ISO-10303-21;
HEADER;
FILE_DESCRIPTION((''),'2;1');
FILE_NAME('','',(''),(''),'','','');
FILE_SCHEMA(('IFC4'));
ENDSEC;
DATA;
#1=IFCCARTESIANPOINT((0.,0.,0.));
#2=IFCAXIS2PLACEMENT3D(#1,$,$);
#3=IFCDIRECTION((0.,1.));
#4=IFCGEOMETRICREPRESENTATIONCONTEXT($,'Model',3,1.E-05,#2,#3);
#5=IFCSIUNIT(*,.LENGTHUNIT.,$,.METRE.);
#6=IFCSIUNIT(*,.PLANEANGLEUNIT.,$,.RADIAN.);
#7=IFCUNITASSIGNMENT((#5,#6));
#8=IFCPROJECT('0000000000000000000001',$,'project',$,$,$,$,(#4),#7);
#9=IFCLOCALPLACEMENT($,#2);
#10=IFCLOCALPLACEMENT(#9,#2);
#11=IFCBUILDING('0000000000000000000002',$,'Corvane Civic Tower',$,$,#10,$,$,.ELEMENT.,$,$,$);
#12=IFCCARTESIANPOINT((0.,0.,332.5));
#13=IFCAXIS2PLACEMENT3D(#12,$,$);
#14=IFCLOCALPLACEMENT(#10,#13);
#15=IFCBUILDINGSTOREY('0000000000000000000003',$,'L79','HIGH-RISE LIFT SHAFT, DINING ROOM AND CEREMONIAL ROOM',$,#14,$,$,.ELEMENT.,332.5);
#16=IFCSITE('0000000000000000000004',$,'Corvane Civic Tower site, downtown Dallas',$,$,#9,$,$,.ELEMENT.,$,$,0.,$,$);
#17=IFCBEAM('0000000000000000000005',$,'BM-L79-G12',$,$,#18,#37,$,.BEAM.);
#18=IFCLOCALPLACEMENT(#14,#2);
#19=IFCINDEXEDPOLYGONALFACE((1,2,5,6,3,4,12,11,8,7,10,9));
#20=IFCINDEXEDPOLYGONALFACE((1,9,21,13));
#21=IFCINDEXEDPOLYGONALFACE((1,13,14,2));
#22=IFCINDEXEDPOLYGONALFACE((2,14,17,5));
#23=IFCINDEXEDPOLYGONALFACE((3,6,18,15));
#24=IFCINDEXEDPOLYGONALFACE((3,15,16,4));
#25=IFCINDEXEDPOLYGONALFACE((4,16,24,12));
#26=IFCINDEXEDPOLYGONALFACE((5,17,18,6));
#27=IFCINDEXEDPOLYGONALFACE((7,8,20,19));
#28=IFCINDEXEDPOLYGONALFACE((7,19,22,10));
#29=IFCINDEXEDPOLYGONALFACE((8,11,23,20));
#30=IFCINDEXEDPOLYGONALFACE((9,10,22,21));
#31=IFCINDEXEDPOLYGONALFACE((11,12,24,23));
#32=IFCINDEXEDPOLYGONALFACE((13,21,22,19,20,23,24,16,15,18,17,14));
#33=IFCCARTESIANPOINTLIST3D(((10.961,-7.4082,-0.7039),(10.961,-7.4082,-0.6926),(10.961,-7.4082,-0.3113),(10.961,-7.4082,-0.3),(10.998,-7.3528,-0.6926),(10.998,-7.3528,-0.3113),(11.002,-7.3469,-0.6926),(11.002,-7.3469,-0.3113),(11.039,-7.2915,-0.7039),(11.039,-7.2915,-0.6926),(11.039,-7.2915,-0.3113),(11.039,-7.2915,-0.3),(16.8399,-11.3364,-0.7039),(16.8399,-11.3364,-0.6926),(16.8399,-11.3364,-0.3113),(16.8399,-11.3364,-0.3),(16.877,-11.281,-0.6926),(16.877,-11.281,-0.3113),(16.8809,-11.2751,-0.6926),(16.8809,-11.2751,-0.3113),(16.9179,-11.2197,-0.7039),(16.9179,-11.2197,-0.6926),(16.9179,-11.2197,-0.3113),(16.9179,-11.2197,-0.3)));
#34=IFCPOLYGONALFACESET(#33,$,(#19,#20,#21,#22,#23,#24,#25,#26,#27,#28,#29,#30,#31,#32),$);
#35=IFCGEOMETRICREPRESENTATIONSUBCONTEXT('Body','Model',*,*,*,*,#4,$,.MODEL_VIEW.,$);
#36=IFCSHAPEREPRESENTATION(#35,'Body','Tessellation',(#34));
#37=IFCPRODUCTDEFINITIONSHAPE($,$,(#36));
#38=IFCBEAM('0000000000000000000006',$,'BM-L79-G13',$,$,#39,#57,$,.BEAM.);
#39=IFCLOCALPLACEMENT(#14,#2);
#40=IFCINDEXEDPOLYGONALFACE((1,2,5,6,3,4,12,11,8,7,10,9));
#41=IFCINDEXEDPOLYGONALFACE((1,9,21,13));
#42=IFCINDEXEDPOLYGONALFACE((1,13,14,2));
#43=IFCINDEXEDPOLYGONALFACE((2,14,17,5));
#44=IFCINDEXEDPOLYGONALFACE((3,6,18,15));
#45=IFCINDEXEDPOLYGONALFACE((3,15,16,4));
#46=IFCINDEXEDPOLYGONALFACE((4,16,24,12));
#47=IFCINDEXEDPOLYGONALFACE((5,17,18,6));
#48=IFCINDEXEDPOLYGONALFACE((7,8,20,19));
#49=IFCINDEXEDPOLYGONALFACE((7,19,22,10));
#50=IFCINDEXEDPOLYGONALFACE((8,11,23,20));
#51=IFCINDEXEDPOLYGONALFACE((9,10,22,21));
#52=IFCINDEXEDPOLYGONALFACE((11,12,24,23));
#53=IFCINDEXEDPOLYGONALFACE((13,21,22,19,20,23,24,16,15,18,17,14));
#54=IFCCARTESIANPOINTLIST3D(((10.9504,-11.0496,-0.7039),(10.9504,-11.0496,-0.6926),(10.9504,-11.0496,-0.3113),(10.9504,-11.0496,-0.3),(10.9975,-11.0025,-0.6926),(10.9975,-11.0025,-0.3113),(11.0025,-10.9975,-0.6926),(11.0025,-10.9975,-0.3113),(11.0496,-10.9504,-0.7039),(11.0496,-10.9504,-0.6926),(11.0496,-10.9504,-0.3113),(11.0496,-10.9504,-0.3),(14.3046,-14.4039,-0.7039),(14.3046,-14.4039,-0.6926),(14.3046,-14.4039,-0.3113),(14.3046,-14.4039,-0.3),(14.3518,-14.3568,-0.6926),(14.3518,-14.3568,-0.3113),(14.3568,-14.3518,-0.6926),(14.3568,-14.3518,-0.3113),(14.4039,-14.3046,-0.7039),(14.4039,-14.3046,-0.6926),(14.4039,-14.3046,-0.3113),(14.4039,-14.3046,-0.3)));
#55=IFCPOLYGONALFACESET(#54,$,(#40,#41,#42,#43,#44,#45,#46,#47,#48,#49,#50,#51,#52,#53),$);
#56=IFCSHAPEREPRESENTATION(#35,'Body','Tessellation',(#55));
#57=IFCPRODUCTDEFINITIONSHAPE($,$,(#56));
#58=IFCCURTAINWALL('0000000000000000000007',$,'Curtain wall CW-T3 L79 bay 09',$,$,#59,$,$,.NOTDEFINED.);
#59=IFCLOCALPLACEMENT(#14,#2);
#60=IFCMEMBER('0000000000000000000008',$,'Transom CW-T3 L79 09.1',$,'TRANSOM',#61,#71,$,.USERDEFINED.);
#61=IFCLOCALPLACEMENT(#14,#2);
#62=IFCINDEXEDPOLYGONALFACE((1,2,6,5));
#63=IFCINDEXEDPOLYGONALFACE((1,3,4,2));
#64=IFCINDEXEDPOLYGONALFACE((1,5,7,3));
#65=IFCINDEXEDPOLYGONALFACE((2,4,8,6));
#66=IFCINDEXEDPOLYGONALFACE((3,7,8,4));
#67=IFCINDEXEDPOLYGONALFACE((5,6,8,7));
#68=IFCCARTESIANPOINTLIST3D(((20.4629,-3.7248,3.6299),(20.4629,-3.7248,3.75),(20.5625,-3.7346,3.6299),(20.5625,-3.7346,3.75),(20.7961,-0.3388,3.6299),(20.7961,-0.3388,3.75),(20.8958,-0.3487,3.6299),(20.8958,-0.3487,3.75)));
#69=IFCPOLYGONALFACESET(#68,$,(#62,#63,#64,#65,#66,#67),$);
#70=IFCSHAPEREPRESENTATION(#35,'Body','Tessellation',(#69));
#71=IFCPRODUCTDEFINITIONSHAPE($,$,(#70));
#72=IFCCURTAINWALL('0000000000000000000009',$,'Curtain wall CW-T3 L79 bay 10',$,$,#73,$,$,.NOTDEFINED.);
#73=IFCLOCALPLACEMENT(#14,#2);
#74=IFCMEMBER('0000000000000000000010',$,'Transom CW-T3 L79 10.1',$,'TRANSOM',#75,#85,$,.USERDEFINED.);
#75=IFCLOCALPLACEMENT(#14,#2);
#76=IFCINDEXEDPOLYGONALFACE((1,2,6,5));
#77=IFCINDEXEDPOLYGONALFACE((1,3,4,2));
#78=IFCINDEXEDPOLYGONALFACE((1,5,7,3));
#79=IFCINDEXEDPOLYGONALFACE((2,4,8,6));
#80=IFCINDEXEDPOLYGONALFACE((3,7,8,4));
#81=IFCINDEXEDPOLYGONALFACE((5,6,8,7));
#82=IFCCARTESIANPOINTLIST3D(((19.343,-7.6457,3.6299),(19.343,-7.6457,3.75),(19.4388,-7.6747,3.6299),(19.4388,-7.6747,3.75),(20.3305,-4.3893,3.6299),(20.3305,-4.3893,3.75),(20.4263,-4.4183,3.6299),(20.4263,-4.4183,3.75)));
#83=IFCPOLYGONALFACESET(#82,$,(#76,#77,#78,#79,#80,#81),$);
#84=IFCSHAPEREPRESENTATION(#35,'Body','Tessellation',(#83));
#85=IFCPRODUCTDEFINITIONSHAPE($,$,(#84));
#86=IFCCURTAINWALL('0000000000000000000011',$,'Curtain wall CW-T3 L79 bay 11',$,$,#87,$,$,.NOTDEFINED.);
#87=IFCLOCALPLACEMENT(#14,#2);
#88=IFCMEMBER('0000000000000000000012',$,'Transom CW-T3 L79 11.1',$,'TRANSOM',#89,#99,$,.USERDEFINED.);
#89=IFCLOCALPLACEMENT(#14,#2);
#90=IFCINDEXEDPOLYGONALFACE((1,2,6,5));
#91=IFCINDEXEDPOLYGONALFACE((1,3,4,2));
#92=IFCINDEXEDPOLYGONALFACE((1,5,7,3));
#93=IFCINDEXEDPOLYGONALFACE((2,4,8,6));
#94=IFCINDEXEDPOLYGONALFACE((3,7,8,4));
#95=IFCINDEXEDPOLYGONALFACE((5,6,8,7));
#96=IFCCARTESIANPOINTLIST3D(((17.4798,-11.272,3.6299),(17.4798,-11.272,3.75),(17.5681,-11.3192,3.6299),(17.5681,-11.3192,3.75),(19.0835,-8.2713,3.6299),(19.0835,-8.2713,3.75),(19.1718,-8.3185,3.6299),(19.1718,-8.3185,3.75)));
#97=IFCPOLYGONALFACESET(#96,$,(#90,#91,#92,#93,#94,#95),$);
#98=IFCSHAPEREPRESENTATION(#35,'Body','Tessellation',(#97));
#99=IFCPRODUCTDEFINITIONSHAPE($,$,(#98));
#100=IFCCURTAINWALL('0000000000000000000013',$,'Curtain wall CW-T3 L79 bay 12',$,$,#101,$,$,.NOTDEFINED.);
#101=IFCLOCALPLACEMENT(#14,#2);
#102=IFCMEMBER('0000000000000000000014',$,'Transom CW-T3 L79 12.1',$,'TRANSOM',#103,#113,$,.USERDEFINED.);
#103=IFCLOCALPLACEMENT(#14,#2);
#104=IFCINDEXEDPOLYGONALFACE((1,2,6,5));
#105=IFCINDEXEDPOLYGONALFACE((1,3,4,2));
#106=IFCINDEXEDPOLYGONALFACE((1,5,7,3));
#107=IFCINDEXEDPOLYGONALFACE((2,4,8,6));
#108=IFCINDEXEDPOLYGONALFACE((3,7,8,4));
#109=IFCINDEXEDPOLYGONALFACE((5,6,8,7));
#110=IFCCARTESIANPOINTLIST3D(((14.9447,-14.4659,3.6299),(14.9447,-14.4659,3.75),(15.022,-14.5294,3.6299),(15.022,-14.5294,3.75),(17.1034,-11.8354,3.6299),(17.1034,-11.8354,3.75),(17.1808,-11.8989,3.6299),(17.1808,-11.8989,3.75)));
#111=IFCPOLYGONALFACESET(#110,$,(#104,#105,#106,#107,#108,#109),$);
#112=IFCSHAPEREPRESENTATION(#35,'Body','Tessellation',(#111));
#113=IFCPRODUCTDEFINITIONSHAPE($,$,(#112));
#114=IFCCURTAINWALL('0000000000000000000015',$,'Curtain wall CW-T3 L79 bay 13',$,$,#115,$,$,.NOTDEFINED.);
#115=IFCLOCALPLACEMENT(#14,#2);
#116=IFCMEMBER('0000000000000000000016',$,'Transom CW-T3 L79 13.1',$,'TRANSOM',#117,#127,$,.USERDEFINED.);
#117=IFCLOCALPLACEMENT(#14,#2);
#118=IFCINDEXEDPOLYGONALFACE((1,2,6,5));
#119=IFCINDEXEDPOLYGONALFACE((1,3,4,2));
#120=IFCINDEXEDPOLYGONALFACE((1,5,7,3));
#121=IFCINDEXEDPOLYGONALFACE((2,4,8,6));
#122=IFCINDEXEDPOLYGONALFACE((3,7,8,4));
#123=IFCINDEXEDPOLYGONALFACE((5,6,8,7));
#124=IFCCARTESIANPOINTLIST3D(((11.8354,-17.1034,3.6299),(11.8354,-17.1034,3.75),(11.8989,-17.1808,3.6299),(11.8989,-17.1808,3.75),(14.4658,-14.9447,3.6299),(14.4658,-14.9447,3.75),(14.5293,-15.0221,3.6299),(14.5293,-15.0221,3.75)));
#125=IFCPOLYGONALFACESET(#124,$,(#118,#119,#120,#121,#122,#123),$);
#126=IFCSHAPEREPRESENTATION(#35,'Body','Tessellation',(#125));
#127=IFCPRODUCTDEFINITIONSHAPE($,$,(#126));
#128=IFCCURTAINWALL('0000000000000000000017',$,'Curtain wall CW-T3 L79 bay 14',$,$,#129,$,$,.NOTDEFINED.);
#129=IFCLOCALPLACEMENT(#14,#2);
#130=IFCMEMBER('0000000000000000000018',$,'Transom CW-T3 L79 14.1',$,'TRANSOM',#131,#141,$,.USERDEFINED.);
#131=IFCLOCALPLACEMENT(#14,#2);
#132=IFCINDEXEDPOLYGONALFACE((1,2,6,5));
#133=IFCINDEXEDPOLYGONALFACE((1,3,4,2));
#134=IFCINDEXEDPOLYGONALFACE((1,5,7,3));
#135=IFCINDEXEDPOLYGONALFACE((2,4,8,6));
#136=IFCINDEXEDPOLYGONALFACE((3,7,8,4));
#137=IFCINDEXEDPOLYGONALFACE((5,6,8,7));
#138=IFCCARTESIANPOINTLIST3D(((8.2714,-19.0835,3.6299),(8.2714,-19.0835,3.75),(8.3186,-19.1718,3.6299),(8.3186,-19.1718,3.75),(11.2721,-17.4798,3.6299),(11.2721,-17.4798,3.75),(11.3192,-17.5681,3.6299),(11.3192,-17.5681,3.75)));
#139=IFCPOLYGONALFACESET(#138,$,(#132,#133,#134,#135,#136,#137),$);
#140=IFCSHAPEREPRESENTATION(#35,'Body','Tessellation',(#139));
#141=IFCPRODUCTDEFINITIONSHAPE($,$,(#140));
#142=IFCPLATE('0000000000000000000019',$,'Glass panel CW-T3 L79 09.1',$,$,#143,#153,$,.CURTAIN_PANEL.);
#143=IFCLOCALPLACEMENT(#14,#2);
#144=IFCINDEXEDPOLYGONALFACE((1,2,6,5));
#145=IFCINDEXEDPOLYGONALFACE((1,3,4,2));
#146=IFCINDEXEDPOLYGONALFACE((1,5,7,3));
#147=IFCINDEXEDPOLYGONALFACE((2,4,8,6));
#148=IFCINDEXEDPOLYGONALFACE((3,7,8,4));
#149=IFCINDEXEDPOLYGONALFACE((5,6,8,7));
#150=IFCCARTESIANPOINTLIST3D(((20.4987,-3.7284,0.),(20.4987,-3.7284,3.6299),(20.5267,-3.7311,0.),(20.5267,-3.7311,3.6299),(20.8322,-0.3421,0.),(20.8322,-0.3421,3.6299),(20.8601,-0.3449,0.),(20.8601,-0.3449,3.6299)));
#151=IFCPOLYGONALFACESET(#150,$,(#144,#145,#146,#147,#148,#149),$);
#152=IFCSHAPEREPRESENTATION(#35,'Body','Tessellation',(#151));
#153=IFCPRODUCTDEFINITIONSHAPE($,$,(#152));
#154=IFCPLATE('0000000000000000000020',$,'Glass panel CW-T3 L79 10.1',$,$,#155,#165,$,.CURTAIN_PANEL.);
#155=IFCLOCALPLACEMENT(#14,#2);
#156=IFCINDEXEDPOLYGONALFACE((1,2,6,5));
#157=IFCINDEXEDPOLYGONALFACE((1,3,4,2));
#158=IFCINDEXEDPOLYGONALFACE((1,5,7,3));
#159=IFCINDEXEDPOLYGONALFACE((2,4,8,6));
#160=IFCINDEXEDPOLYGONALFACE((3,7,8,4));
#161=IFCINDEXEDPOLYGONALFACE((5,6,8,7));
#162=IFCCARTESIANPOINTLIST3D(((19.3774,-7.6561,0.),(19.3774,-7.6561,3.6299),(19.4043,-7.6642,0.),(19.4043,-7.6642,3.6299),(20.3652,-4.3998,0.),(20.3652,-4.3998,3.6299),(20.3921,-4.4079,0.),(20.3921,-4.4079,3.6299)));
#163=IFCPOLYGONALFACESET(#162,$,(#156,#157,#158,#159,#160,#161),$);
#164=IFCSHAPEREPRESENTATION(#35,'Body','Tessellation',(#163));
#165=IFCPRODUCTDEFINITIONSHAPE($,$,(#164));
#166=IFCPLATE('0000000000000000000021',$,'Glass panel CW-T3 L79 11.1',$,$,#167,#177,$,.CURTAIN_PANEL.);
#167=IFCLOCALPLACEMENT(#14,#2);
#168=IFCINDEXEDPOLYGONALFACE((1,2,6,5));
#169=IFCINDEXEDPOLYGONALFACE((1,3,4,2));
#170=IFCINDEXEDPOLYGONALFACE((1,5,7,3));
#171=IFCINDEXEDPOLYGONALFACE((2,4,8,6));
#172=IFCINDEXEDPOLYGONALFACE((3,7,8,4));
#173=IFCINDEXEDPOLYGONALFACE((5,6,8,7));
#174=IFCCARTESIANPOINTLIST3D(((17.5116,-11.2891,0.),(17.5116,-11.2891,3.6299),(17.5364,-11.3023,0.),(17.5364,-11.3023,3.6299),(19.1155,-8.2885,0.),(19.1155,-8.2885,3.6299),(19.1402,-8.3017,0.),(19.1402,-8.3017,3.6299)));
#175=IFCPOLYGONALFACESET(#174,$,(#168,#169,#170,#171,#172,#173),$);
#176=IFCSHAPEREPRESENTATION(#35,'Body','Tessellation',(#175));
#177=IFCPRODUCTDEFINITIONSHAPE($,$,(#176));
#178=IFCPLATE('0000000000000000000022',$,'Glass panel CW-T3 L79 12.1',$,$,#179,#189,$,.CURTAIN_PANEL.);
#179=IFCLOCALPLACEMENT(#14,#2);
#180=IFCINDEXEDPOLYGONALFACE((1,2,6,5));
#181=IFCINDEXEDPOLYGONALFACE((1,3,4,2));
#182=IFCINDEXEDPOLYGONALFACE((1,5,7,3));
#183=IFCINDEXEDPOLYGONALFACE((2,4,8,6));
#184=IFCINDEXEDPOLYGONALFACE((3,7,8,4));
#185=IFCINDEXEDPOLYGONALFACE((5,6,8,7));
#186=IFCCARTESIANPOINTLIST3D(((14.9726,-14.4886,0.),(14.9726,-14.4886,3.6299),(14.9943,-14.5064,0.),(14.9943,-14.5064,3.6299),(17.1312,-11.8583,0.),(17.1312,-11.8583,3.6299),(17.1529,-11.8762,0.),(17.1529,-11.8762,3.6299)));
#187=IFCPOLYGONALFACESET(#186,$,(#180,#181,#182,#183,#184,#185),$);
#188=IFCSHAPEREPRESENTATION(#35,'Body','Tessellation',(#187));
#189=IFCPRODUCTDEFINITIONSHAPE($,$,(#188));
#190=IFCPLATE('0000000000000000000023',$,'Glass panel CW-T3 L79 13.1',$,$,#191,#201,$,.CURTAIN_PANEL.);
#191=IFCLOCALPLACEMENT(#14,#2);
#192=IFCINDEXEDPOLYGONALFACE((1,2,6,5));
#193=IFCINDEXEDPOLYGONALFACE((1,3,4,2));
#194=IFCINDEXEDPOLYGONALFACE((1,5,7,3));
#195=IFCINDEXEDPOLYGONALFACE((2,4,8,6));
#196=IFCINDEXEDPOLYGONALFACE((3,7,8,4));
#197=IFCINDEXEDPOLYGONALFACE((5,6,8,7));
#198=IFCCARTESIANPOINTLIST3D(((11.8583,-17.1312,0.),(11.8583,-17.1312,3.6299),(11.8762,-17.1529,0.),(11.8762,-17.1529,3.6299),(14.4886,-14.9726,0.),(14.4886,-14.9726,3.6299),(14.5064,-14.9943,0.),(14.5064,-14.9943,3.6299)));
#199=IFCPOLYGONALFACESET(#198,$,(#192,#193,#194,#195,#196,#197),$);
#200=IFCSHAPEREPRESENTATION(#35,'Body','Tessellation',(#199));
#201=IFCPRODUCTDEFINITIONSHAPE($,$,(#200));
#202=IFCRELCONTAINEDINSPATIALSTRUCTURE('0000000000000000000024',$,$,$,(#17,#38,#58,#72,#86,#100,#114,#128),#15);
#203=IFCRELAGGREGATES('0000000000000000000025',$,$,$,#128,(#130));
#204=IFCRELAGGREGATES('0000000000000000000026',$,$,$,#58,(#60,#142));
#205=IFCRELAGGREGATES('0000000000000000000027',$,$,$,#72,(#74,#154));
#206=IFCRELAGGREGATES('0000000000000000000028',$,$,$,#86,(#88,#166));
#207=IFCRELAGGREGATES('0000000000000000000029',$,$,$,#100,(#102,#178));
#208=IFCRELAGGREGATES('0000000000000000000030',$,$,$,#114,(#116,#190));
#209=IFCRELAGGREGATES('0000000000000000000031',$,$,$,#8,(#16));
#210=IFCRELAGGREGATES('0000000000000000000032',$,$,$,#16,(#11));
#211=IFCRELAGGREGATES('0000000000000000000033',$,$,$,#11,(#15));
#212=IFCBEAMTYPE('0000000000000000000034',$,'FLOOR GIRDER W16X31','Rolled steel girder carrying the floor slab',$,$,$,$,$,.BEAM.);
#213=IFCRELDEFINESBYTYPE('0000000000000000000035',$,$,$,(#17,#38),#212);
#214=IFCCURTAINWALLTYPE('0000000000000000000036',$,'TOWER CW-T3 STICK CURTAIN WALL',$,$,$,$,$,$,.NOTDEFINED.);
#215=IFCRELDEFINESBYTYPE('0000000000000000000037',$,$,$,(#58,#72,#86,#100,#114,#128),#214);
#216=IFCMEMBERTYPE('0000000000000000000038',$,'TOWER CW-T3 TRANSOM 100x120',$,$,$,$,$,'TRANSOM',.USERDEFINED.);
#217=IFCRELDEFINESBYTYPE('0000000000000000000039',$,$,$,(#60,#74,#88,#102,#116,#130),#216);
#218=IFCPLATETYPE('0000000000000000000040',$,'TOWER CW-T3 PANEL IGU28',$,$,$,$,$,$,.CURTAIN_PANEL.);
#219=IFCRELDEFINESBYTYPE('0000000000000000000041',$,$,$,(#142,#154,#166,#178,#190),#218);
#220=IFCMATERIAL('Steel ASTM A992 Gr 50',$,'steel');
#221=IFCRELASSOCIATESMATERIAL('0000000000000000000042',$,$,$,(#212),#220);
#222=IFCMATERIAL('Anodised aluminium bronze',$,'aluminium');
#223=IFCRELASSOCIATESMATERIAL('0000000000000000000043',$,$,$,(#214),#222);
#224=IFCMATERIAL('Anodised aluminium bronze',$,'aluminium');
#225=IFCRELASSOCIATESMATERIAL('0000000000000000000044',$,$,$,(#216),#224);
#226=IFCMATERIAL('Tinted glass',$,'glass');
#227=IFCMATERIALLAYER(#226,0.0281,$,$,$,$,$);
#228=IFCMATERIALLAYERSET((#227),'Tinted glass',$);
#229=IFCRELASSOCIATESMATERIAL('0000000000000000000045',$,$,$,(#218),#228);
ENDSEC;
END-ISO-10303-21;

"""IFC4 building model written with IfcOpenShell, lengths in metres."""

from ifc_helpers import new_model, si_unit, direction, frame, origin, origin_2d, place, context, subcontext, project, spatial, rectangle, i_section, extrude, material, layer, layer_set, material_profile, profile_set, type_object, element, aggregate, save


model = new_model("IFC4")

# Units and contexts
model_context = context("Model", 3, precision=1e-05, world=origin(), true_north=direction((0.0, 1.0)))
body_context = subcontext(model_context, "Body", "Model", "MODEL_VIEW")
ifc_project = project(units=[si_unit("LENGTHUNIT", "METRE"), si_unit("PLANEANGLEUNIT", "RADIAN")], contexts=[model_context])

# Site, building, storey
site_placement = place(None, origin())
site = spatial("IfcSite", under=ifc_project, at=site_placement, Name="Corvane Civic Tower site, downtown Dallas", CompositionType="ELEMENT", RefElevation=0.0)
building_placement = place(site_placement, origin())
building = spatial("IfcBuilding", under=site, at=building_placement, Name="Corvane Civic Tower", CompositionType="ELEMENT")
storey_placement = place(building_placement, frame((0.0, 0.0, 332.5)))
storey = spatial("IfcBuildingStorey", under=building, at=storey_placement, Name="L79", Description="HIGH-RISE LIFT SHAFT, DINING ROOM AND CEREMONIAL ROOM", CompositionType="ELEMENT", Elevation=332.5)

# Beams
ifc_material_1 = material(Name="Steel ASTM A992 Gr 50", Category="steel")
ifc_material_profile_1 = material_profile(ifc_material_1, i_section(OverallWidth=0.1404, OverallDepth=0.4038, WebThickness=0.0071, FlangeThickness=0.0112, at=origin_2d()), Name="W16X31")
ifc_profile_set_1 = profile_set([ifc_material_profile_1], Name="Steel ASTM A992 Gr 50")
beam_type_1 = type_object("IfcBeamType", Name="FLOOR GIRDER W16X31", Description="Rolled steel girder carrying the floor slab", PredefinedType="BEAM", material=ifc_profile_set_1)
beam_1_placement = place(storey_placement, frame((11.0, -7.3499, -0.502), z_axis=(0.831465, -0.555576, 0.0), x_axis=(0.555576, 0.831465, 0.0)))
element("IfcBeam", 1, at=beam_1_placement, inside=storey, type_object=beam_type_1, Name="BM-L79-G12", PredefinedType="BEAM", context=body_context, shape_type="SweptSolid", body=[
    extrude(i_section(OverallWidth=0.1404, OverallDepth=0.4038, WebThickness=0.0071, FlangeThickness=0.0112, at=origin_2d()), origin(), (0.0, 0.0, 1.0), 7.0706),
])
beam_2_placement = place(storey_placement, frame((11.0, -11.0, -0.502), z_axis=(0.707107, -0.707107, 0.0), x_axis=(0.707107, 0.707107, 0.0)))
element("IfcBeam", 2, at=beam_2_placement, inside=storey, type_object=beam_type_1, Name="BM-L79-G13", PredefinedType="BEAM", context=body_context, shape_type="SweptSolid", body=[
    extrude(i_section(OverallWidth=0.1404, OverallDepth=0.4038, WebThickness=0.0071, FlangeThickness=0.0112, at=origin_2d()), origin(), (0.0, 0.0, 1.0), 4.7437),
])

# Curtain walls, members
ifc_material_2 = material(Name="Anodised aluminium bronze", Category="aluminium")
curtain_wall_type = type_object("IfcCurtainWallType", Name="TOWER CW-T3 STICK CURTAIN WALL", PredefinedType="NOTDEFINED", material=ifc_material_2)
curtain_wall_1_placement = place(storey_placement, origin())
curtain_wall_1 = element("IfcCurtainWall", 3, at=curtain_wall_1_placement, inside=storey, type_object=curtain_wall_type, Name="Curtain wall CW-T3 L79 bay 09", PredefinedType="NOTDEFINED")
ifc_material_3 = material(Name="Anodised aluminium bronze", Category="aluminium")
ifc_material_profile_2 = material_profile(ifc_material_3, rectangle(XDim=0.1001, YDim=0.1201, at=origin_2d()), Name="TOWER CW-T3 TRANSOM 100x120")
ifc_profile_set_2 = profile_set([ifc_material_profile_2], Name="Anodised aluminium bronze")
member_type = type_object("IfcMemberType", Name="TOWER CW-T3 TRANSOM 100x120", ElementType="TRANSOM", PredefinedType="USERDEFINED", material=ifc_profile_set_2)
member_1_placement = place(storey_placement, frame((20.8459, -0.3438, 3.6899), z_axis=(-0.097948, -0.995192, 0.0), x_axis=(0.995192, -0.097948, 0.0)))
member_1 = element("IfcMember", 4, at=member_1_placement, type_object=member_type, Name="Transom CW-T3 L79 09.1", ObjectType="TRANSOM", PredefinedType="USERDEFINED", context=body_context, shape_type="SweptSolid", body=[
    extrude(rectangle(XDim=0.1001, YDim=0.1201, at=origin_2d()), origin(), (0.0, 0.0, 1.0), 3.4023),
])
curtain_wall_2_placement = place(storey_placement, origin())
curtain_wall_2 = element("IfcCurtainWall", 5, at=curtain_wall_2_placement, inside=storey, type_object=curtain_wall_type, Name="Curtain wall CW-T3 L79 bay 10", PredefinedType="NOTDEFINED")
member_2_placement = place(storey_placement, frame((20.3784, -4.4038, 3.6899), z_axis=(-0.290216, -0.956961, 0.0), x_axis=(0.956961, -0.290216, 0.0)))
member_2 = element("IfcMember", 6, at=member_2_placement, type_object=member_type, Name="Transom CW-T3 L79 10.1", ObjectType="TRANSOM", PredefinedType="USERDEFINED", context=body_context, shape_type="SweptSolid", body=[
    extrude(rectangle(XDim=0.1001, YDim=0.1201, at=origin_2d()), origin(), (0.0, 0.0, 1.0), 3.4028),
])
curtain_wall_3_placement = place(storey_placement, origin())
curtain_wall_3 = element("IfcCurtainWall", 7, at=curtain_wall_3_placement, inside=storey, type_object=curtain_wall_type, Name="Curtain wall CW-T3 L79 bay 11", PredefinedType="NOTDEFINED")
member_3_placement = place(storey_placement, frame((19.1277, -8.2949, 3.6899), z_axis=(-0.471359, -0.881941, 0.0), x_axis=(0.881941, -0.471359, 0.0)))
member_3 = element("IfcMember", 8, at=member_3_placement, type_object=member_type, Name="Transom CW-T3 L79 11.1", ObjectType="TRANSOM", PredefinedType="USERDEFINED", context=body_context, shape_type="SweptSolid", body=[
    extrude(rectangle(XDim=0.1001, YDim=0.1201, at=origin_2d()), origin(), (0.0, 0.0, 1.0), 3.4023),
])
curtain_wall_4_placement = place(storey_placement, origin())
curtain_wall_4 = element("IfcCurtainWall", 9, at=curtain_wall_4_placement, inside=storey, type_object=curtain_wall_type, Name="Curtain wall CW-T3 L79 bay 12", PredefinedType="NOTDEFINED")
member_4_placement = place(storey_placement, frame((17.1421, -11.8672, 3.6899), z_axis=(-0.634394, -0.77301, 0.0), x_axis=(0.77301, -0.634394, 0.0)))
member_4 = element("IfcMember", 10, at=member_4_placement, type_object=member_type, Name="Transom CW-T3 L79 12.1", ObjectType="TRANSOM", PredefinedType="USERDEFINED", context=body_context, shape_type="SweptSolid", body=[
    extrude(rectangle(XDim=0.1001, YDim=0.1201, at=origin_2d()), origin(), (0.0, 0.0, 1.0), 3.4028),
])
curtain_wall_5_placement = place(storey_placement, origin())
curtain_wall_5 = element("IfcCurtainWall", 11, at=curtain_wall_5_placement, inside=storey, type_object=curtain_wall_type, Name="Curtain wall CW-T3 L79 bay 13", PredefinedType="NOTDEFINED")
member_5_placement = place(storey_placement, frame((14.4976, -14.9834, 3.6899), z_axis=(-0.77301, -0.634394, 0.0), x_axis=(0.634394, -0.77301, 0.0)))
member_5 = element("IfcMember", 12, at=member_5_placement, type_object=member_type, Name="Transom CW-T3 L79 13.1", ObjectType="TRANSOM", PredefinedType="USERDEFINED", context=body_context, shape_type="SweptSolid", body=[
    extrude(rectangle(XDim=0.1001, YDim=0.1201, at=origin_2d()), origin(), (0.0, 0.0, 1.0), 3.4028),
])
curtain_wall_6_placement = place(storey_placement, origin())
curtain_wall_6 = element("IfcCurtainWall", 13, at=curtain_wall_6_placement, inside=storey, type_object=curtain_wall_type, Name="Curtain wall CW-T3 L79 bay 14", PredefinedType="NOTDEFINED")
member_6_placement = place(storey_placement, frame((11.2957, -17.5239, 3.6899), z_axis=(-0.881941, -0.471359, 0.0), x_axis=(0.471359, -0.881941, 0.0)))
member_6 = element("IfcMember", 14, at=member_6_placement, type_object=member_type, Name="Transom CW-T3 L79 14.1", ObjectType="TRANSOM", PredefinedType="USERDEFINED", context=body_context, shape_type="SweptSolid", body=[
    extrude(rectangle(XDim=0.1001, YDim=0.1201, at=origin_2d()), origin(), (0.0, 0.0, 1.0), 3.4023),
])
aggregate(curtain_wall_6, [member_6])

# Plates
ifc_material_4 = material(Name="Tinted glass", Category="glass")
ifc_layer_1 = layer(ifc_material_4, 0.0281)
ifc_layer_set_1 = layer_set([ifc_layer_1], Name="Tinted glass")
plate_type = type_object("IfcPlateType", Name="TOWER CW-T3 PANEL IGU28", PredefinedType="CURTAIN_PANEL", material=ifc_layer_set_1)
plate_1_placement = place(storey_placement, frame((20.6794, -2.0366, 0.0), z_axis=(0.0, 0.0, 1.0), x_axis=(-0.097998, -0.995187, 0.0)))
plate_1 = element("IfcPlate", 15, at=plate_1_placement, type_object=plate_type, Name="Glass panel CW-T3 L79 09.1", PredefinedType="CURTAIN_PANEL", context=body_context, shape_type="SweptSolid", body=[
    extrude(rectangle(XDim=3.4026, YDim=0.0281, at=origin_2d()), origin(), (0.0, 0.0, 1.0), 3.6299),
])
aggregate(curtain_wall_1, [member_1, plate_1])
plate_2_placement = place(storey_placement, frame((19.8848, -6.032, 0.0), z_axis=(0.0, 0.0, 1.0), x_axis=(-0.29029, -0.956939, 0.0)))
plate_2 = element("IfcPlate", 16, at=plate_2_placement, type_object=plate_type, Name="Glass panel CW-T3 L79 10.1", PredefinedType="CURTAIN_PANEL", context=body_context, shape_type="SweptSolid", body=[
    extrude(rectangle(XDim=3.4028, YDim=0.0281, at=origin_2d()), origin(), (0.0, 0.0, 1.0), 3.6299),
])
aggregate(curtain_wall_2, [member_2, plate_2])
plate_3_placement = place(storey_placement, frame((18.3259, -9.7954, 0.0), z_axis=(0.0, 0.0, 1.0), x_axis=(-0.471384, -0.881928, 0.0)))
plate_3 = element("IfcPlate", 17, at=plate_3_placement, type_object=plate_type, Name="Glass panel CW-T3 L79 11.1", PredefinedType="CURTAIN_PANEL", context=body_context, shape_type="SweptSolid", body=[
    extrude(rectangle(XDim=3.4023, YDim=0.0281, at=origin_2d()), origin(), (0.0, 0.0, 1.0), 3.6299),
])
aggregate(curtain_wall_3, [member_3, plate_3])
plate_4_placement = place(storey_placement, frame((16.0627, -13.1824, 0.0), z_axis=(0.0, 0.0, 1.0), x_axis=(-0.634393, -0.77301, 0.0)))
plate_4 = element("IfcPlate", 18, at=plate_4_placement, type_object=plate_type, Name="Glass panel CW-T3 L79 12.1", PredefinedType="CURTAIN_PANEL", context=body_context, shape_type="SweptSolid", body=[
    extrude(rectangle(XDim=3.4026, YDim=0.0281, at=origin_2d()), origin(), (0.0, 0.0, 1.0), 3.6299),
])
aggregate(curtain_wall_4, [member_4, plate_4])
plate_5_placement = place(storey_placement, frame((13.1824, -16.0627, 0.0), z_axis=(0.0, 0.0, 1.0), x_axis=(-0.77301, -0.634393, 0.0)))
plate_5 = element("IfcPlate", 19, at=plate_5_placement, type_object=plate_type, Name="Glass panel CW-T3 L79 13.1", PredefinedType="CURTAIN_PANEL", context=body_context, shape_type="SweptSolid", body=[
    extrude(rectangle(XDim=3.4026, YDim=0.0281, at=origin_2d()), origin(), (0.0, 0.0, 1.0), 3.6299),
])
aggregate(curtain_wall_5, [member_5, plate_5])

save(model, "model.ifc")
